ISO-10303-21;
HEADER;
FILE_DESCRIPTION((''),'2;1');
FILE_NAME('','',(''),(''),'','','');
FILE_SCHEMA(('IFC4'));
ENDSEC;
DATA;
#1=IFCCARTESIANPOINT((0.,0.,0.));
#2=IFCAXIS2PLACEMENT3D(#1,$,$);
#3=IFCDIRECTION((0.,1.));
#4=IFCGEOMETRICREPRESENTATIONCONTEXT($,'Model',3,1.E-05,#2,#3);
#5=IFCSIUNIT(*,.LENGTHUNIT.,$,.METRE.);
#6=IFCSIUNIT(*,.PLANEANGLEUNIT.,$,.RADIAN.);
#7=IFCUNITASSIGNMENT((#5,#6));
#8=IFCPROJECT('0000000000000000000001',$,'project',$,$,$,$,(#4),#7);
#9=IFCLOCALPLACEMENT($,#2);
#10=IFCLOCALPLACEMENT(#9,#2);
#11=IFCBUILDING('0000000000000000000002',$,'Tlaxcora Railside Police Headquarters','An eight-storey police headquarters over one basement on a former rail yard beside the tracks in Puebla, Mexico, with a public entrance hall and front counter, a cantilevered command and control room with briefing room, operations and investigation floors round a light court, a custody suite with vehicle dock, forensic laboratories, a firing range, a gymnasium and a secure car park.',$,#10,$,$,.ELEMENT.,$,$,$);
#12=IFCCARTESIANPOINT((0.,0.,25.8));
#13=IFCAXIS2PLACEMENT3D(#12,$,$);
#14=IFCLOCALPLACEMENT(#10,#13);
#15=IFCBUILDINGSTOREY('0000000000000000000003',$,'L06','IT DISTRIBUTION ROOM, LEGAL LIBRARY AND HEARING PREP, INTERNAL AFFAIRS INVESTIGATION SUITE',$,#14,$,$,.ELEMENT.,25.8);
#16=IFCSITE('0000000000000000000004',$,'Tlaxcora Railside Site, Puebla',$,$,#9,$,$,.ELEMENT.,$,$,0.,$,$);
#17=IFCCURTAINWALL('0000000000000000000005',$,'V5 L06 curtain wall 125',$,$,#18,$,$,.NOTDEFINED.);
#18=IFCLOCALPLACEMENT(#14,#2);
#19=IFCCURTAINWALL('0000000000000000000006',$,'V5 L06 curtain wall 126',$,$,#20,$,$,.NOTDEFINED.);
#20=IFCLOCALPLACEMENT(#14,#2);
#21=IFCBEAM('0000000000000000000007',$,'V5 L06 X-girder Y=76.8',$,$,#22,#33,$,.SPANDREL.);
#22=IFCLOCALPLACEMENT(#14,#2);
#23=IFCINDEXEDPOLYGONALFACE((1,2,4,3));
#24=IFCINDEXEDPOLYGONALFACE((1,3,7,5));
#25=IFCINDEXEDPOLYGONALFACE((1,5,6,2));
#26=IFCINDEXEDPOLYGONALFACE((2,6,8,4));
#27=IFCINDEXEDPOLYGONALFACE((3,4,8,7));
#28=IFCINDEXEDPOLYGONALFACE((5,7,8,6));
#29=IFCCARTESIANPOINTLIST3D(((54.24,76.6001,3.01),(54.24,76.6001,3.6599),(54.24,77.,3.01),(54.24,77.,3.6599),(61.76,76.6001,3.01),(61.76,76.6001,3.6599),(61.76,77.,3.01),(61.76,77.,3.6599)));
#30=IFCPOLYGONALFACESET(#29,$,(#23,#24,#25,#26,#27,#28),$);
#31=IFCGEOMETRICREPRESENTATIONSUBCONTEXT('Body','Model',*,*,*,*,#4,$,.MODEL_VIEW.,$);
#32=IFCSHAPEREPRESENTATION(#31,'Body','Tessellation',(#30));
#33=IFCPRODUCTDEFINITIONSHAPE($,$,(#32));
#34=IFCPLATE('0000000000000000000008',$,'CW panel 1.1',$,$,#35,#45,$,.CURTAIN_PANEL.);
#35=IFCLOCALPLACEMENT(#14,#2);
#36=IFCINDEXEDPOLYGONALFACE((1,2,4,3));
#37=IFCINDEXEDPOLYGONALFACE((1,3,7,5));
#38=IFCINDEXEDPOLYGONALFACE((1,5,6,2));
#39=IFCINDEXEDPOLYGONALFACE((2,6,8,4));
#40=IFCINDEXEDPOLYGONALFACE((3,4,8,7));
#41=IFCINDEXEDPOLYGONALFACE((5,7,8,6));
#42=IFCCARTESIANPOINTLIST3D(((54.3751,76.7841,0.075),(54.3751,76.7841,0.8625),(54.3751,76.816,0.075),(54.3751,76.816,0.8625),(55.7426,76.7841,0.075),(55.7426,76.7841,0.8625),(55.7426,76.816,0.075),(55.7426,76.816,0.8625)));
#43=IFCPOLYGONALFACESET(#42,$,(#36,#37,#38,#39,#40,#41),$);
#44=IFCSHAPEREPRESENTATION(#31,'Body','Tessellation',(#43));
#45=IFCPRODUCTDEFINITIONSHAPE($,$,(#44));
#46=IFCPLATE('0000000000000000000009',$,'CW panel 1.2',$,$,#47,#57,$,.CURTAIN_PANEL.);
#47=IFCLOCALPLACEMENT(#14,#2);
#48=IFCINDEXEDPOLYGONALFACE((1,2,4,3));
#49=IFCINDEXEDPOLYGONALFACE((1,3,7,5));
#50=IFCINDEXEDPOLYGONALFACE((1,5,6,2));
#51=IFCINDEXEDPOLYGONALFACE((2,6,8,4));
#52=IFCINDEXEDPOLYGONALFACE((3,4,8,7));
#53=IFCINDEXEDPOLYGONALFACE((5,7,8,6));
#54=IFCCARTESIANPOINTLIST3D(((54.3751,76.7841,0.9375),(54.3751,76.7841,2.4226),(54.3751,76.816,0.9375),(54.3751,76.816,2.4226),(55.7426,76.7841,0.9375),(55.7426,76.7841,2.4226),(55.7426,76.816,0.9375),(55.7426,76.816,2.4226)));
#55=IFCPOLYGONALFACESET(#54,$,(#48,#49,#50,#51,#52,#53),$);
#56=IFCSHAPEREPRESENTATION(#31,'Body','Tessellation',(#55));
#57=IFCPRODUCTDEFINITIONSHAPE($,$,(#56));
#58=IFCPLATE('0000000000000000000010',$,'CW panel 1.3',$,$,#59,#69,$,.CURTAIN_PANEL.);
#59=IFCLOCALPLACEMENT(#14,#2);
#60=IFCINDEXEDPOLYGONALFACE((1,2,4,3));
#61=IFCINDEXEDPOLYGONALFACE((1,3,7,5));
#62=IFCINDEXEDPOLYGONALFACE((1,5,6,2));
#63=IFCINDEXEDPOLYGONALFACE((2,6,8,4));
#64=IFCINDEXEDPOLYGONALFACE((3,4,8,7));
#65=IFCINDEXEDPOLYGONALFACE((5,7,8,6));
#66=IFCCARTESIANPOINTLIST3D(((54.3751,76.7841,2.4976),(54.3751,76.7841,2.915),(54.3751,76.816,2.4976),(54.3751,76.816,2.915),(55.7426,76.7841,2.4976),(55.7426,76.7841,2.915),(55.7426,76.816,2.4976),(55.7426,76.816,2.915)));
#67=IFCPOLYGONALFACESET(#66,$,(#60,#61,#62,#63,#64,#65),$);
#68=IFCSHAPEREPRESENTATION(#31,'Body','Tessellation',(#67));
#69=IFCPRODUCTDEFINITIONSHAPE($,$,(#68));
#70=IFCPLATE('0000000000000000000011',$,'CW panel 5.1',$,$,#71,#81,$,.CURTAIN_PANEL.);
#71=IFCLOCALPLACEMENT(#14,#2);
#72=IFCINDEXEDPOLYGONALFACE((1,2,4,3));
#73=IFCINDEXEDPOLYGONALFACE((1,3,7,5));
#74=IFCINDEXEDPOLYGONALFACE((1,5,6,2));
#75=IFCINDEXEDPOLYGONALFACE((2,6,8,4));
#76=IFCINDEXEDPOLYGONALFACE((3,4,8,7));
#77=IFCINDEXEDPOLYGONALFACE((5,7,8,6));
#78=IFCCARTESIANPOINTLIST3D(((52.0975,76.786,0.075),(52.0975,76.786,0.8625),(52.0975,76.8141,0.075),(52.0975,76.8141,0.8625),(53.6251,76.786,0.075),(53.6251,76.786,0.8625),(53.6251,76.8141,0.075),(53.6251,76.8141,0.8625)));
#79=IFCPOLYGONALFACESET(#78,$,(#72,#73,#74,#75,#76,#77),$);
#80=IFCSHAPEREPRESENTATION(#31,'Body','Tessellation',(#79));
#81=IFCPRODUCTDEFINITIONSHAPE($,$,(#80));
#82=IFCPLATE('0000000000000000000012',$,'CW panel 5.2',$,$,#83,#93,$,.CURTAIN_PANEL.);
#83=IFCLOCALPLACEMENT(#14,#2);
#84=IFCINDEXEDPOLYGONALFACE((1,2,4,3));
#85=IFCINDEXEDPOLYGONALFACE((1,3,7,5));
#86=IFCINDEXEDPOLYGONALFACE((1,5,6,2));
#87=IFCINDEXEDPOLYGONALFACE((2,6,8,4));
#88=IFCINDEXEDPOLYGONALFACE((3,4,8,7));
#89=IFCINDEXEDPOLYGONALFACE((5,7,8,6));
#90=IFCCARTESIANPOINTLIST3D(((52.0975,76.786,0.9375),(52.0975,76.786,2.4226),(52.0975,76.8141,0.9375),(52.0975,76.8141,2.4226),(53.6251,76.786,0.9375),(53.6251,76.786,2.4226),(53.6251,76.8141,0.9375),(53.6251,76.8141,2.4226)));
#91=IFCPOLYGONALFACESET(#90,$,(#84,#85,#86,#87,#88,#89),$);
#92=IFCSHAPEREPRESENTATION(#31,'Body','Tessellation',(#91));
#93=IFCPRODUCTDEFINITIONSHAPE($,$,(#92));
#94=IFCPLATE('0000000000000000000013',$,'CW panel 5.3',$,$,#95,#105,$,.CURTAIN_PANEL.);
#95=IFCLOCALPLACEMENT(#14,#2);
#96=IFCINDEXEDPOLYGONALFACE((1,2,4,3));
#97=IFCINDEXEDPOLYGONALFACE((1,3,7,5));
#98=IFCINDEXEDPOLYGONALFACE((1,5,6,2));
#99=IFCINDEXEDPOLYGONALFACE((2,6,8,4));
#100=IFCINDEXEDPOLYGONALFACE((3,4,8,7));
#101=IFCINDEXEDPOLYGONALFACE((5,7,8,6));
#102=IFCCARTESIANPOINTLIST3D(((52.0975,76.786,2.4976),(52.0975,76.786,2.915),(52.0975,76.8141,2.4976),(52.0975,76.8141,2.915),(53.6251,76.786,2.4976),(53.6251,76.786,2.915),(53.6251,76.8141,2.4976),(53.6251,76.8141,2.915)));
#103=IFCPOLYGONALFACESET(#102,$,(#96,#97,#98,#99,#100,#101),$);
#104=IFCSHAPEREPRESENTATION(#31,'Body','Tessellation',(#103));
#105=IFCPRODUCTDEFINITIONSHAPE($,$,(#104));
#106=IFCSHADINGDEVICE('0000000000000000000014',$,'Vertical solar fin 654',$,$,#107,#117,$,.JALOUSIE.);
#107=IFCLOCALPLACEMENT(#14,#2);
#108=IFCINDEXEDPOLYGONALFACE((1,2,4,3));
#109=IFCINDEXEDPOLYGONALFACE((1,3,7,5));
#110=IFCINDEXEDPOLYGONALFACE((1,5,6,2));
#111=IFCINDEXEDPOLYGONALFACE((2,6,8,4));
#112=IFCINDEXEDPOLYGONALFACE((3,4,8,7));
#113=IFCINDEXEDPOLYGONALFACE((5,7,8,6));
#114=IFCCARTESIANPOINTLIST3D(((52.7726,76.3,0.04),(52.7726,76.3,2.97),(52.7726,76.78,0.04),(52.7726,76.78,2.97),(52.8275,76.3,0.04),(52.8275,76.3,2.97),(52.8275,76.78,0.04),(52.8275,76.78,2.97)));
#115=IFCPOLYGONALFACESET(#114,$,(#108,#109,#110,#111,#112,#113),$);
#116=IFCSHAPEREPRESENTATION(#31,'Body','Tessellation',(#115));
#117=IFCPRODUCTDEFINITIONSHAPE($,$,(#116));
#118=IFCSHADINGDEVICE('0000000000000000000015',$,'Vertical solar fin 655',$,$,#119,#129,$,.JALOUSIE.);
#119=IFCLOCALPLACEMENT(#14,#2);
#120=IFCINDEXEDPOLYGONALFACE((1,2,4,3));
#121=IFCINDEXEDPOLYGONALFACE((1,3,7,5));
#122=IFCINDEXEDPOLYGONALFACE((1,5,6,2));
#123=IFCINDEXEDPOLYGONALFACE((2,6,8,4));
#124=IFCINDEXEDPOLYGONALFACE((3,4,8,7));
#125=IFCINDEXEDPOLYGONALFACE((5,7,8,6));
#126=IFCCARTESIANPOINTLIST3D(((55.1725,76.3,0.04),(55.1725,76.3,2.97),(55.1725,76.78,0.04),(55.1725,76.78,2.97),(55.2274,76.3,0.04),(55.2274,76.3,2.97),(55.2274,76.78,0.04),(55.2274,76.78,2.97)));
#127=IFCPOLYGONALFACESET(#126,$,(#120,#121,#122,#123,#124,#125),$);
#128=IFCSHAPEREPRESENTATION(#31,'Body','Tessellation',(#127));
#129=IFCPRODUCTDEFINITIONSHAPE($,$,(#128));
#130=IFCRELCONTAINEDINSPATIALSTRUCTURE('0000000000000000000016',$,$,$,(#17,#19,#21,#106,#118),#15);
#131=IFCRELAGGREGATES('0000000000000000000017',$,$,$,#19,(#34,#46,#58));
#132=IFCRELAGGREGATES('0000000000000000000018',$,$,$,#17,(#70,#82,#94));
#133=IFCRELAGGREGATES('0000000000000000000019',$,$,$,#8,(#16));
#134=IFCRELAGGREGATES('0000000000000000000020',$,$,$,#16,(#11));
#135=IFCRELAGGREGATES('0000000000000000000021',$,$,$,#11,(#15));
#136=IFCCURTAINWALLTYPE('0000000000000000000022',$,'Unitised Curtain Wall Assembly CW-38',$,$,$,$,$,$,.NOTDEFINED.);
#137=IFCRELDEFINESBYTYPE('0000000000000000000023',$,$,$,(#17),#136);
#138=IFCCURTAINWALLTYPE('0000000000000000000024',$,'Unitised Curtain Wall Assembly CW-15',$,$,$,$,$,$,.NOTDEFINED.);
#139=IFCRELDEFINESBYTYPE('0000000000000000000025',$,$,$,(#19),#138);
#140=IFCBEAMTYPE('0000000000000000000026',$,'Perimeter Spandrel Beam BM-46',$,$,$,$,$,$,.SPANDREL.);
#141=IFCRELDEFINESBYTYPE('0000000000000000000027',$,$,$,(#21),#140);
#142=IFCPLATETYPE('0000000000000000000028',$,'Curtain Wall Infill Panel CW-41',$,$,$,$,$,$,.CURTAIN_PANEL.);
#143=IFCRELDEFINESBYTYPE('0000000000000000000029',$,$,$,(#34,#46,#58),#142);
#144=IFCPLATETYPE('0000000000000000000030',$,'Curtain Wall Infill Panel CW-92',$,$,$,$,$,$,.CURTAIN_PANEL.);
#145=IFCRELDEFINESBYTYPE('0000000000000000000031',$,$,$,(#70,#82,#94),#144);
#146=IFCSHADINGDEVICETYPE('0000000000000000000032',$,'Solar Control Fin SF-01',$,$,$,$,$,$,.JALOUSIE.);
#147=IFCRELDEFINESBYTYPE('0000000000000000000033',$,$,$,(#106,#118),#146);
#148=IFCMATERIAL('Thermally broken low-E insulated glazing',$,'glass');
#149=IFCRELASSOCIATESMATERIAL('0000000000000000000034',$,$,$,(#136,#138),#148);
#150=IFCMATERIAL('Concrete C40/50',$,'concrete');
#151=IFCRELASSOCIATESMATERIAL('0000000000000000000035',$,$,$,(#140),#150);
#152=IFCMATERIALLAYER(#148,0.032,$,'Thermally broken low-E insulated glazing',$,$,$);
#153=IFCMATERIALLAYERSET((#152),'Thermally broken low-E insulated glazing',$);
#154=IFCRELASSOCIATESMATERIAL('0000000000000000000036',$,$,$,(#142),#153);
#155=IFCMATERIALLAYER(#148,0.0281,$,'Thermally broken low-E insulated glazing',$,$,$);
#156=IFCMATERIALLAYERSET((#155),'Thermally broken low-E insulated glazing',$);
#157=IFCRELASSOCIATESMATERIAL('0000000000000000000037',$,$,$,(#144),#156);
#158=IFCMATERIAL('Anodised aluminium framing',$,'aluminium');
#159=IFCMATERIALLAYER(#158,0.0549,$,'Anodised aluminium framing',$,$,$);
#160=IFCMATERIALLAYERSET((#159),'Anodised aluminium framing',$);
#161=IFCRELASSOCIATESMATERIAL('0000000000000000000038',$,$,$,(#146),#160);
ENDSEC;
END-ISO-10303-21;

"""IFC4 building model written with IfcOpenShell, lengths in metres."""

from ifc_helpers import new_model, si_unit, direction, frame, origin, origin_2d, place, context, subcontext, project, spatial, rectangle, extrude, material, layer, layer_set, material_profile, profile_set, type_object, element, aggregate, save


model = new_model("IFC4")

# Units and contexts
model_context = context("Model", 3, precision=1e-05, world=origin(), true_north=direction((0.0, 1.0)))
body_context = subcontext(model_context, "Body", "Model", "MODEL_VIEW")
ifc_project = project(units=[si_unit("LENGTHUNIT", "METRE"), si_unit("PLANEANGLEUNIT", "RADIAN")], contexts=[model_context])

# Site, building, storey
site_placement = place(None, origin())
site = spatial("IfcSite", under=ifc_project, at=site_placement, Name="Tlaxcora Railside Site, Puebla", CompositionType="ELEMENT", RefElevation=0.0)
building_placement = place(site_placement, origin())
building = spatial("IfcBuilding", under=site, at=building_placement, Name="Tlaxcora Railside Police Headquarters", Description="An eight-storey police headquarters over one basement on a former rail yard beside the tracks in Puebla, Mexico, with a public entrance hall and front counter, a cantilevered command and control room with briefing room, operations and investigation floors round a light court, a custody suite with vehicle dock, forensic laboratories, a firing range, a gymnasium and a secure car park.", CompositionType="ELEMENT")
storey_placement = place(building_placement, frame((0.0, 0.0, 25.8)))
storey = spatial("IfcBuildingStorey", under=building, at=storey_placement, Name="L06", Description="IT DISTRIBUTION ROOM, LEGAL LIBRARY AND HEARING PREP, INTERNAL AFFAIRS INVESTIGATION SUITE", CompositionType="ELEMENT", Elevation=25.8)

# Shared definitions
ifc_material_1 = material(Name="Concrete C40/50", Category="concrete")

# Curtain walls
ifc_material_2 = material(Name="Thermally broken low-E insulated glazing", Category="glass")
curtain_wall_type_1 = type_object("IfcCurtainWallType", Name="Unitised Curtain Wall Assembly CW-38", PredefinedType="NOTDEFINED", material=ifc_material_2)
curtain_wall_1_placement = place(storey_placement, origin())
curtain_wall_1 = element("IfcCurtainWall", 1, at=curtain_wall_1_placement, inside=storey, type_object=curtain_wall_type_1, Name="V5 L06 curtain wall 125", PredefinedType="NOTDEFINED")
ifc_material_3 = material(Name="Anodised aluminium framing", Category="aluminium")
curtain_wall_type_2 = type_object("IfcCurtainWallType", Name="Unitised Curtain Wall Assembly CW-15", PredefinedType="NOTDEFINED", material=ifc_material_2)
curtain_wall_2_placement = place(storey_placement, origin())
curtain_wall_2 = element("IfcCurtainWall", 2, at=curtain_wall_2_placement, inside=storey, type_object=curtain_wall_type_2, Name="V5 L06 curtain wall 126", PredefinedType="NOTDEFINED")

# Beam
ifc_material_profile_1 = material_profile(ifc_material_1, rectangle(XDim=0.3999, YDim=0.6499, at=origin_2d()), Name="RC400X650")
ifc_profile_set_1 = profile_set([ifc_material_profile_1], Name="Concrete C40/50")
beam_type = type_object("IfcBeamType", Name="Perimeter Spandrel Beam BM-46", PredefinedType="SPANDREL", material=ifc_profile_set_1)
beam_placement = place(storey_placement, frame((54.24, 76.8, 3.335), z_axis=(1.0, 0.0, 0.0), x_axis=(0.0, 1.0, 0.0)))
element("IfcBeam", 3, at=beam_placement, inside=storey, type_object=beam_type, Name="V5 L06 X-girder Y=76.8", PredefinedType="SPANDREL", context=body_context, shape_type="SweptSolid", body=[
    extrude(rectangle(XDim=0.3999, YDim=0.6499, at=origin_2d()), origin(), (0.0, 0.0, 1.0), 7.52),
])

# Plates
ifc_layer_1 = layer(ifc_material_2, 0.032, Name="Thermally broken low-E insulated glazing")
ifc_layer_set_1 = layer_set([ifc_layer_1], Name="Thermally broken low-E insulated glazing")
plate_type_1 = type_object("IfcPlateType", Name="Curtain Wall Infill Panel CW-41", PredefinedType="CURTAIN_PANEL", material=ifc_layer_set_1)
plate_1_placement = place(storey_placement, frame((55.0588, 76.8, 0.075), z_axis=(0.0, 0.0, 1.0), x_axis=(1.0, 0.0, 0.0)))
plate_1 = element("IfcPlate", 4, at=plate_1_placement, type_object=plate_type_1, Name="CW panel 1.1", PredefinedType="CURTAIN_PANEL", context=body_context, shape_type="SweptSolid", body=[
    extrude(rectangle(XDim=1.3674, YDim=0.032, at=origin_2d()), origin(), (0.0, 0.0, 1.0), 0.7876),
])
plate_2_placement = place(storey_placement, frame((55.0588, 76.8, 0.9375), z_axis=(0.0, 0.0, 1.0), x_axis=(1.0, 0.0, 0.0)))
plate_2 = element("IfcPlate", 5, at=plate_2_placement, type_object=plate_type_1, Name="CW panel 1.2", PredefinedType="CURTAIN_PANEL", context=body_context, shape_type="SweptSolid", body=[
    extrude(rectangle(XDim=1.3674, YDim=0.032, at=origin_2d()), origin(), (0.0, 0.0, 1.0), 1.4851),
])
plate_3_placement = place(storey_placement, frame((55.0588, 76.8, 2.4976), z_axis=(0.0, 0.0, 1.0), x_axis=(1.0, 0.0, 0.0)))
plate_3 = element("IfcPlate", 6, at=plate_3_placement, type_object=plate_type_1, Name="CW panel 1.3", PredefinedType="CURTAIN_PANEL", context=body_context, shape_type="SweptSolid", body=[
    extrude(rectangle(XDim=1.3674, YDim=0.032, at=origin_2d()), origin(), (0.0, 0.0, 1.0), 0.4175),
])
aggregate(curtain_wall_2, [plate_1, plate_2, plate_3])
ifc_layer_2 = layer(ifc_material_2, 0.0281, Name="Thermally broken low-E insulated glazing")
ifc_layer_set_2 = layer_set([ifc_layer_2], Name="Thermally broken low-E insulated glazing")
plate_type_2 = type_object("IfcPlateType", Name="Curtain Wall Infill Panel CW-92", PredefinedType="CURTAIN_PANEL", material=ifc_layer_set_2)
plate_4_placement = place(storey_placement, frame((52.8613, 76.8, 0.075), z_axis=(0.0, 0.0, 1.0), x_axis=(1.0, 0.0, 0.0)))
plate_4 = element("IfcPlate", 7, at=plate_4_placement, type_object=plate_type_2, Name="CW panel 5.1", PredefinedType="CURTAIN_PANEL", context=body_context, shape_type="SweptSolid", body=[
    extrude(rectangle(XDim=1.5276, YDim=0.0281, at=origin_2d()), origin(), (0.0, 0.0, 1.0), 0.7876),
])
plate_5_placement = place(storey_placement, frame((52.8613, 76.8, 0.9375), z_axis=(0.0, 0.0, 1.0), x_axis=(1.0, 0.0, 0.0)))
plate_5 = element("IfcPlate", 8, at=plate_5_placement, type_object=plate_type_2, Name="CW panel 5.2", PredefinedType="CURTAIN_PANEL", context=body_context, shape_type="SweptSolid", body=[
    extrude(rectangle(XDim=1.5276, YDim=0.0281, at=origin_2d()), origin(), (0.0, 0.0, 1.0), 1.4851),
])
plate_6_placement = place(storey_placement, frame((52.8613, 76.8, 2.4976), z_axis=(0.0, 0.0, 1.0), x_axis=(1.0, 0.0, 0.0)))
plate_6 = element("IfcPlate", 9, at=plate_6_placement, type_object=plate_type_2, Name="CW panel 5.3", PredefinedType="CURTAIN_PANEL", context=body_context, shape_type="SweptSolid", body=[
    extrude(rectangle(XDim=1.5276, YDim=0.0281, at=origin_2d()), origin(), (0.0, 0.0, 1.0), 0.4175),
])
aggregate(curtain_wall_1, [plate_4, plate_5, plate_6])

# Shading devices
ifc_layer_3 = layer(ifc_material_3, 0.0549, Name="Anodised aluminium framing")
ifc_layer_set_3 = layer_set([ifc_layer_3], Name="Anodised aluminium framing")
shading_device_type = type_object("IfcShadingDeviceType", Name="Solar Control Fin SF-01", PredefinedType="JALOUSIE", material=ifc_layer_set_3)
for number, where, z_axis, x_axis, name in (
    (10, (52.8, 76.54, 0.04), (0.0, 0.0, 1.0), (0.0, -1.0, 0.0), "Vertical solar fin 654"),
    (11, (55.2, 76.54, 0.04), (0.0, 0.0, 1.0), (0.0, -1.0, 0.0), "Vertical solar fin 655"),
):
    element("IfcShadingDevice", number, at=place(storey_placement, frame(where, z_axis=z_axis, x_axis=x_axis)), inside=storey, type_object=shading_device_type, Name=name, PredefinedType="JALOUSIE", context=body_context, shape_type="SweptSolid", body=[
        extrude(rectangle(XDim=0.48, YDim=0.0549, at=origin_2d()), origin(), (0.0, 0.0, 1.0), 2.9299),
    ])

save(model, "model.ifc")
